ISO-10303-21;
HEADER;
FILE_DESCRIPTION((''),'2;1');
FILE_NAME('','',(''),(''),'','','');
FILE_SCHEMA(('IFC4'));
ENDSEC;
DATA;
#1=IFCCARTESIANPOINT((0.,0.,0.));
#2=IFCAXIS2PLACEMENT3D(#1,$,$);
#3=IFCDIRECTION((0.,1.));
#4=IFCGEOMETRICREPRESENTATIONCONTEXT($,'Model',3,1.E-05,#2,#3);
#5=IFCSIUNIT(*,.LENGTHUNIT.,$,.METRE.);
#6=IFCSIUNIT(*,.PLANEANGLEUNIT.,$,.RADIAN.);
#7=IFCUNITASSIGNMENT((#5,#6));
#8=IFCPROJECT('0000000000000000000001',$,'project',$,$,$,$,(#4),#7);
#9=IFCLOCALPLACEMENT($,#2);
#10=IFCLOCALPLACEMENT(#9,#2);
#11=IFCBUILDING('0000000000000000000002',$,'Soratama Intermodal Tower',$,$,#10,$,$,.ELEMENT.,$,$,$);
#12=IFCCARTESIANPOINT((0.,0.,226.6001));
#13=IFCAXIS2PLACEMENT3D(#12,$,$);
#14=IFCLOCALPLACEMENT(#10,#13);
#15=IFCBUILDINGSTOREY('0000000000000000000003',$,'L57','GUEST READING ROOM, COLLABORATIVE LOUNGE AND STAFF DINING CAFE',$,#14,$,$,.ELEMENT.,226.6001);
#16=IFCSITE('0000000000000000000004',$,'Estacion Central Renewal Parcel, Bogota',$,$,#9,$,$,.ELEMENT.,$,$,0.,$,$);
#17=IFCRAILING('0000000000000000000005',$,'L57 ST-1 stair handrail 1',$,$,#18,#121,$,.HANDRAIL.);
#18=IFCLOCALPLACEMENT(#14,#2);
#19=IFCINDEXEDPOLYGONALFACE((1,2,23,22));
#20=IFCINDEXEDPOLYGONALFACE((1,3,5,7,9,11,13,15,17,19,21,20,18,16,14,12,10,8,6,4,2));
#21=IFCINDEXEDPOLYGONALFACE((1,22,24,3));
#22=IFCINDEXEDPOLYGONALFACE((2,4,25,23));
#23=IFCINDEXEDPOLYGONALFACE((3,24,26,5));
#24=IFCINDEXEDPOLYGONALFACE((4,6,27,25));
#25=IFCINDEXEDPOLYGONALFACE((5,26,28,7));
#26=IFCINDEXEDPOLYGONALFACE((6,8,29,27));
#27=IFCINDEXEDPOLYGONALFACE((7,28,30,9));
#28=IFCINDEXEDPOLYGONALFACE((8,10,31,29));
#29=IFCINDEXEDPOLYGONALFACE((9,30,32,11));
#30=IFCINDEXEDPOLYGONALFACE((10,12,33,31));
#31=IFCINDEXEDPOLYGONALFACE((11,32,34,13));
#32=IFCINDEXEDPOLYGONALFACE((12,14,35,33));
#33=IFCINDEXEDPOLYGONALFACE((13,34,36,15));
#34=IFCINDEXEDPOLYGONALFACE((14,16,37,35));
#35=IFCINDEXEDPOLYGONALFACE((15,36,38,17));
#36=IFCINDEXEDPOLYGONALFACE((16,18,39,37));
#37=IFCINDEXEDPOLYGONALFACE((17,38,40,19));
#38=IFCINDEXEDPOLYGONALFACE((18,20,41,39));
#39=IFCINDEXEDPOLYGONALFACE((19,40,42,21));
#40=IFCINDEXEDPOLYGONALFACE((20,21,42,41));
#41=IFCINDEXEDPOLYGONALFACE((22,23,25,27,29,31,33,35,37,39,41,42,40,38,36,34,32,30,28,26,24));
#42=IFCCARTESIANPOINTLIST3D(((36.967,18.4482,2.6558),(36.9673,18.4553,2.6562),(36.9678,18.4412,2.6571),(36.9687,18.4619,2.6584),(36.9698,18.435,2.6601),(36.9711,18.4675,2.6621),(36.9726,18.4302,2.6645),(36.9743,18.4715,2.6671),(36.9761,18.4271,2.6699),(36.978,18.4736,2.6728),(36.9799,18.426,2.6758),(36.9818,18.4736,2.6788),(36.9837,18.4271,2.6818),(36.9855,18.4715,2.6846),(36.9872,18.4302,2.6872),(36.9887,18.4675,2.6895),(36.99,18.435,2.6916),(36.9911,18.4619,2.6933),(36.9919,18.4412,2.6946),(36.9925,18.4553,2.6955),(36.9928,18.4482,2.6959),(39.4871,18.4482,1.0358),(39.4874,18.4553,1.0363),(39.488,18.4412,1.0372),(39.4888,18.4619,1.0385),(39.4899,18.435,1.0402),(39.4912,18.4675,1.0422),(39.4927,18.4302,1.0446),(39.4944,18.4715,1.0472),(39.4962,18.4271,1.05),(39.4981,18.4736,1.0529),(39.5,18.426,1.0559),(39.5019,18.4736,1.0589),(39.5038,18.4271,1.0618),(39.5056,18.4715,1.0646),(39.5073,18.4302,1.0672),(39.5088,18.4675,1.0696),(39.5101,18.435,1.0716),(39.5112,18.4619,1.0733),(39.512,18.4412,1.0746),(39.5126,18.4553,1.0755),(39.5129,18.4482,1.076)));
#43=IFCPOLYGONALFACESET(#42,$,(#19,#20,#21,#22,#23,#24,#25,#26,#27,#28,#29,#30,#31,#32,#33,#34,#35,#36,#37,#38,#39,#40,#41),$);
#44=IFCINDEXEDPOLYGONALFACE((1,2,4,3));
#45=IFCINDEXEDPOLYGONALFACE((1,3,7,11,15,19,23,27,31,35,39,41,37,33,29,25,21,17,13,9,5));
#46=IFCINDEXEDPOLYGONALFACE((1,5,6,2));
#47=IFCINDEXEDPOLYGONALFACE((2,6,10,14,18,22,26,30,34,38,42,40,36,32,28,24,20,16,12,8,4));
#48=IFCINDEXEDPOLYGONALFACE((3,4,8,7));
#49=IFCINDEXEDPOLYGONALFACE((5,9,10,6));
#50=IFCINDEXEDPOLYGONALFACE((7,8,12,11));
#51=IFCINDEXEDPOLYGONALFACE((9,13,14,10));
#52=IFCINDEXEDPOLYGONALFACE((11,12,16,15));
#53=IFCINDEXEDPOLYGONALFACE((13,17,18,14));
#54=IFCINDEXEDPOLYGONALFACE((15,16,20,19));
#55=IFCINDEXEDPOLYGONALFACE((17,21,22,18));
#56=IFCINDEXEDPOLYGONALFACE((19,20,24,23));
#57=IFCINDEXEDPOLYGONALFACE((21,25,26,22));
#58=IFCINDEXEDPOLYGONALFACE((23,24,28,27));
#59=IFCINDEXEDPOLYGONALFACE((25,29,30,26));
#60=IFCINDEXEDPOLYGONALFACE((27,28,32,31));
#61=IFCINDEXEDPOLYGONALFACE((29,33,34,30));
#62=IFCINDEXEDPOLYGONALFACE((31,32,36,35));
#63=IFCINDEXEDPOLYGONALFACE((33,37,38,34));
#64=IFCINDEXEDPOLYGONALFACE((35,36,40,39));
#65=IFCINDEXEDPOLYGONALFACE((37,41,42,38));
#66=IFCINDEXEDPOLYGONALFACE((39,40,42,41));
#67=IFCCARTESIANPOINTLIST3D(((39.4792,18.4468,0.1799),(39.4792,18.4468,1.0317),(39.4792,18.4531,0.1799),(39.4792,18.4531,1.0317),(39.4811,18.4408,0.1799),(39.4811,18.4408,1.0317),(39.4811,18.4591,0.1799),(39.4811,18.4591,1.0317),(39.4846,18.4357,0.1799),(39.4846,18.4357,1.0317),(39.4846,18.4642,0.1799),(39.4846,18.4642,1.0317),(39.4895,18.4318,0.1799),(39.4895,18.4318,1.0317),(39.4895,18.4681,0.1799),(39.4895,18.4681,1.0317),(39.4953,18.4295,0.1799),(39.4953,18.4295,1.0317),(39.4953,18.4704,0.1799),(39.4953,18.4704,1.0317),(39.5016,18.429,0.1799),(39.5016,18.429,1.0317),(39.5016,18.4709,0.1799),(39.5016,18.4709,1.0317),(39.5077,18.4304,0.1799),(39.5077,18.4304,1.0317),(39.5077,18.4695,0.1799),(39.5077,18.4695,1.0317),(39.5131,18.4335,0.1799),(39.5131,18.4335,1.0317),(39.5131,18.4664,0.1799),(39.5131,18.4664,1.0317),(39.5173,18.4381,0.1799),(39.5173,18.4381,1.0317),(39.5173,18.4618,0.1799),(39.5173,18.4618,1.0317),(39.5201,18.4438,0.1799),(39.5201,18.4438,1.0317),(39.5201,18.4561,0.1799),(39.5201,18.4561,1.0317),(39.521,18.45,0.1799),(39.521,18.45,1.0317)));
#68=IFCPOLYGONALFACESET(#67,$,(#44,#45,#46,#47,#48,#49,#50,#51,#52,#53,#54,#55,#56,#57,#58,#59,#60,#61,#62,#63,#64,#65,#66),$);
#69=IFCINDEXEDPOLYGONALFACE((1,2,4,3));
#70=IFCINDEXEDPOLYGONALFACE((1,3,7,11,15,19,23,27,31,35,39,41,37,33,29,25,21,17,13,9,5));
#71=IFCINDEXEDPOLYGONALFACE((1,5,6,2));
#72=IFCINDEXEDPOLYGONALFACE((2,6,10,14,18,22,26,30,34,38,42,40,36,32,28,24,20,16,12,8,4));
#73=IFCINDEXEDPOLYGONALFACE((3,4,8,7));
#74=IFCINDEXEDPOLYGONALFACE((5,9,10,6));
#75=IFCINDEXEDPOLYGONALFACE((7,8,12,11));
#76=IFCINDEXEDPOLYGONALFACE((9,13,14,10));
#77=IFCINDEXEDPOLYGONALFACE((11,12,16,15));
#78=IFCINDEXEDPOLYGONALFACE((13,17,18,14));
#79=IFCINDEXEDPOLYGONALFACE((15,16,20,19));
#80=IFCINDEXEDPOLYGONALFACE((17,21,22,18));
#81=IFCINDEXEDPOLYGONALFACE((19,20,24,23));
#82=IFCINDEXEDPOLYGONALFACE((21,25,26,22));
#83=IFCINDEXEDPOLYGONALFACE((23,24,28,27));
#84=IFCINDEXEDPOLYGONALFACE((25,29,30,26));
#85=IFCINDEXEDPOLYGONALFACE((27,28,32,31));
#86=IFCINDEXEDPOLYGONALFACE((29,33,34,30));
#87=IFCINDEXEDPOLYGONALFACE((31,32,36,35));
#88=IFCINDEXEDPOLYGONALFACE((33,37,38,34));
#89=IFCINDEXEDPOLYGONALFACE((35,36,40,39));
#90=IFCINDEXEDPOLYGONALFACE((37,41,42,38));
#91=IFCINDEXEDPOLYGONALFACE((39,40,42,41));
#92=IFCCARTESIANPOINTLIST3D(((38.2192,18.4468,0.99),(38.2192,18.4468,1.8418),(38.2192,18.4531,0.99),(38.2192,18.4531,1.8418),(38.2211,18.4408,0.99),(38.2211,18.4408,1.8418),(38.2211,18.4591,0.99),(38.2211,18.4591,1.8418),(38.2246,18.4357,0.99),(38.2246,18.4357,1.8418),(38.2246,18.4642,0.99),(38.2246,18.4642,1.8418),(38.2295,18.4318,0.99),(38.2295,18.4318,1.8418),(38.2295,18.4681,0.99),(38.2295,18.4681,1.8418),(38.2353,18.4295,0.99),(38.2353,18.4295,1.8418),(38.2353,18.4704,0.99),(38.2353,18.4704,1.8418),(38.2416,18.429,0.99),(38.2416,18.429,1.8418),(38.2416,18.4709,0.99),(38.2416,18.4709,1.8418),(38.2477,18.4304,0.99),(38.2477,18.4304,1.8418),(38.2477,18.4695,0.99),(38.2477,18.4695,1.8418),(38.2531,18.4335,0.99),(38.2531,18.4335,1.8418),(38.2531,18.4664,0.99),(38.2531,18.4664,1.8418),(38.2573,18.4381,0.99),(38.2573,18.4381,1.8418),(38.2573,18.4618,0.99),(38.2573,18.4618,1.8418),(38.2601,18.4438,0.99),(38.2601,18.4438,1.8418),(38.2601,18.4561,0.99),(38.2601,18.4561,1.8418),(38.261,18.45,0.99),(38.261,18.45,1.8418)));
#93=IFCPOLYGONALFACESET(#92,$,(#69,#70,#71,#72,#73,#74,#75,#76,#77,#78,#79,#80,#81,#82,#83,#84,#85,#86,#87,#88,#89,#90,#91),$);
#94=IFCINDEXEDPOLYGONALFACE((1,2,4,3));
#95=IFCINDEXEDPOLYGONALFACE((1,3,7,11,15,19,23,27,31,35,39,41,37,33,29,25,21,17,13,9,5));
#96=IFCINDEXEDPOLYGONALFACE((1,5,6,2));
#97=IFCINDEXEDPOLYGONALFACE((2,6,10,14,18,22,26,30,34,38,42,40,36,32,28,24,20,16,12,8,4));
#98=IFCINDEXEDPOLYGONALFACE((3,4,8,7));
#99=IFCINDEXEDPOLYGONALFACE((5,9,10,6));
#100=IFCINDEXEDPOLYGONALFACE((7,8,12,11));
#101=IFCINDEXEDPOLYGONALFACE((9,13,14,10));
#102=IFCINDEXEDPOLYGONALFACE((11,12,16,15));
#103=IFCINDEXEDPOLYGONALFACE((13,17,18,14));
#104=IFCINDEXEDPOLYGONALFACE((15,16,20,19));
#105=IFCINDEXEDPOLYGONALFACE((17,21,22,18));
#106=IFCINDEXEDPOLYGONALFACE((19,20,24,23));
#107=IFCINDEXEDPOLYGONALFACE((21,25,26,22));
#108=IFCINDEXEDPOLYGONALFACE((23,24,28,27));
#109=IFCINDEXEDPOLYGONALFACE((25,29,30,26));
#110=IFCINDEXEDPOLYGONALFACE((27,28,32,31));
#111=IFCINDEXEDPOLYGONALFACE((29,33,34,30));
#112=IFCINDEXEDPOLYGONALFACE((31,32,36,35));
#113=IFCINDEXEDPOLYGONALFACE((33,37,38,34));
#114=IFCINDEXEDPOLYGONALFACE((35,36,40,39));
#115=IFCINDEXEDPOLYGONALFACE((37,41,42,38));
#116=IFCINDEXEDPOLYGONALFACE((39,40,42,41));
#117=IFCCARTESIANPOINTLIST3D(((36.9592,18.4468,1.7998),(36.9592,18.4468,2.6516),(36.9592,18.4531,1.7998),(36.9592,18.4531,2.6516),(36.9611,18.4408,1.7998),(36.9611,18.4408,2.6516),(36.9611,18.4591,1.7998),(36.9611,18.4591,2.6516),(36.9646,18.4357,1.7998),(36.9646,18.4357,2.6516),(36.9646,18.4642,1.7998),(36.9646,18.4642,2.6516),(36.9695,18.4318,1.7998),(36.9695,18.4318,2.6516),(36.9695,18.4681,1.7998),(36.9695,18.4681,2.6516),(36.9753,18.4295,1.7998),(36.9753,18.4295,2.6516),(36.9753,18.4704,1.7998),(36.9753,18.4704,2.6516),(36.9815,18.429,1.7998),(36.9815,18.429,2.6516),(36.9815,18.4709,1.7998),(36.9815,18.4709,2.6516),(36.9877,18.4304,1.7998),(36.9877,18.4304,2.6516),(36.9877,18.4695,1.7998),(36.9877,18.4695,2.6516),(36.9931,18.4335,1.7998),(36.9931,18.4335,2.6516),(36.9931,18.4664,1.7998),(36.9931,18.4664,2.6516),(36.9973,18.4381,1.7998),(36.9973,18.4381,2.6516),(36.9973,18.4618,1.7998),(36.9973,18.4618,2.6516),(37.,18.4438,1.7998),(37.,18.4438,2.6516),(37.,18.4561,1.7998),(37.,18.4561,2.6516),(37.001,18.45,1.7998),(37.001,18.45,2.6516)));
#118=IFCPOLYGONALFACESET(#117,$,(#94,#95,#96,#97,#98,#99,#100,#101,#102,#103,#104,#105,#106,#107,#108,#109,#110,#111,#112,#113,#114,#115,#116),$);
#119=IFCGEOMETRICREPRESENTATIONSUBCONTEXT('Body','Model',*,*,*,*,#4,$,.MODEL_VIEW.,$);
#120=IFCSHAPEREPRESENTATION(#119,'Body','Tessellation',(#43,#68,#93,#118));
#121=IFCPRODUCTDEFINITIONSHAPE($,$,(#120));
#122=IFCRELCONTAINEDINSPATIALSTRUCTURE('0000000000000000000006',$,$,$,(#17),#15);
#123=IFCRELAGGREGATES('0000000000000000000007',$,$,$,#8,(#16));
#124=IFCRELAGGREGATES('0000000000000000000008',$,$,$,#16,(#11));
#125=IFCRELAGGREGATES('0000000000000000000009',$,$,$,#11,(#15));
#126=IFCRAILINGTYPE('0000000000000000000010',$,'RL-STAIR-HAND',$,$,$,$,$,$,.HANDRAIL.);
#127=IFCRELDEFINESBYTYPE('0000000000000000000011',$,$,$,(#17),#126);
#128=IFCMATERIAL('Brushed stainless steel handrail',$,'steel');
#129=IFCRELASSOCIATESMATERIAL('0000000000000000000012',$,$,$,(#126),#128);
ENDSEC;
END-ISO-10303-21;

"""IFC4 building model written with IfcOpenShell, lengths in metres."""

from ifc_helpers import new_model, si_unit, direction, frame, origin, origin_2d, place, context, subcontext, project, spatial, circle, extrude, material, type_object, element, save


model = new_model("IFC4")

# Units and contexts
model_context = context("Model", 3, precision=1e-05, world=origin(), true_north=direction((0.0, 1.0)))
body_context = subcontext(model_context, "Body", "Model", "MODEL_VIEW")
ifc_project = project(units=[si_unit("LENGTHUNIT", "METRE"), si_unit("PLANEANGLEUNIT", "RADIAN")], contexts=[model_context])

# Site, building, storey
site_placement = place(None, origin())
site = spatial("IfcSite", under=ifc_project, at=site_placement, Name="Estacion Central Renewal Parcel, Bogota", CompositionType="ELEMENT", RefElevation=0.0)
building_placement = place(site_placement, origin())
building = spatial("IfcBuilding", under=site, at=building_placement, Name="Soratama Intermodal Tower", CompositionType="ELEMENT")
storey_placement = place(building_placement, frame((0.0, 0.0, 226.6001)))
storey = spatial("IfcBuildingStorey", under=building, at=storey_placement, Name="L57", Description="GUEST READING ROOM, COLLABORATIVE LOUNGE AND STAFF DINING CAFE", CompositionType="ELEMENT", Elevation=226.6001)

# Railing
ifc_material_1 = material(Name="Brushed stainless steel handrail", Category="steel")
railing_type_1 = type_object("IfcRailingType", Name="RL-STAIR-HAND", PredefinedType="HANDRAIL", material=ifc_material_1)
railing_1_placement = place(storey_placement, frame((39.5, 18.45, 0.1799)))
element("IfcRailing", 1, at=railing_1_placement, inside=storey, type_object=railing_type_1, Name="L57 ST-1 stair handrail 1", PredefinedType="HANDRAIL", context=body_context, shape_type="SweptSolid", body=[
    extrude(circle(Radius=0.0239, at=origin_2d()), frame((0.0, 0.0, 0.876), z_axis=(-0.8412, 0.0, 0.540725), x_axis=(0.0, -1.0, 0.0)), (0.0, 0.0, 1.0), 2.9958),
    extrude(circle(Radius=0.021, at=origin_2d()), origin(), (0.0, 0.0, 1.0), 0.8518),
    extrude(circle(Radius=0.021, at=origin_2d()), frame((-1.26, 0.0, 0.8101)), (0.0, 0.0, 1.0), 0.8518),
    extrude(circle(Radius=0.021, at=origin_2d()), frame((-2.52, 0.0, 1.6199)), (0.0, 0.0, 1.0), 0.8518),
])

save(model, "model.ifc")
